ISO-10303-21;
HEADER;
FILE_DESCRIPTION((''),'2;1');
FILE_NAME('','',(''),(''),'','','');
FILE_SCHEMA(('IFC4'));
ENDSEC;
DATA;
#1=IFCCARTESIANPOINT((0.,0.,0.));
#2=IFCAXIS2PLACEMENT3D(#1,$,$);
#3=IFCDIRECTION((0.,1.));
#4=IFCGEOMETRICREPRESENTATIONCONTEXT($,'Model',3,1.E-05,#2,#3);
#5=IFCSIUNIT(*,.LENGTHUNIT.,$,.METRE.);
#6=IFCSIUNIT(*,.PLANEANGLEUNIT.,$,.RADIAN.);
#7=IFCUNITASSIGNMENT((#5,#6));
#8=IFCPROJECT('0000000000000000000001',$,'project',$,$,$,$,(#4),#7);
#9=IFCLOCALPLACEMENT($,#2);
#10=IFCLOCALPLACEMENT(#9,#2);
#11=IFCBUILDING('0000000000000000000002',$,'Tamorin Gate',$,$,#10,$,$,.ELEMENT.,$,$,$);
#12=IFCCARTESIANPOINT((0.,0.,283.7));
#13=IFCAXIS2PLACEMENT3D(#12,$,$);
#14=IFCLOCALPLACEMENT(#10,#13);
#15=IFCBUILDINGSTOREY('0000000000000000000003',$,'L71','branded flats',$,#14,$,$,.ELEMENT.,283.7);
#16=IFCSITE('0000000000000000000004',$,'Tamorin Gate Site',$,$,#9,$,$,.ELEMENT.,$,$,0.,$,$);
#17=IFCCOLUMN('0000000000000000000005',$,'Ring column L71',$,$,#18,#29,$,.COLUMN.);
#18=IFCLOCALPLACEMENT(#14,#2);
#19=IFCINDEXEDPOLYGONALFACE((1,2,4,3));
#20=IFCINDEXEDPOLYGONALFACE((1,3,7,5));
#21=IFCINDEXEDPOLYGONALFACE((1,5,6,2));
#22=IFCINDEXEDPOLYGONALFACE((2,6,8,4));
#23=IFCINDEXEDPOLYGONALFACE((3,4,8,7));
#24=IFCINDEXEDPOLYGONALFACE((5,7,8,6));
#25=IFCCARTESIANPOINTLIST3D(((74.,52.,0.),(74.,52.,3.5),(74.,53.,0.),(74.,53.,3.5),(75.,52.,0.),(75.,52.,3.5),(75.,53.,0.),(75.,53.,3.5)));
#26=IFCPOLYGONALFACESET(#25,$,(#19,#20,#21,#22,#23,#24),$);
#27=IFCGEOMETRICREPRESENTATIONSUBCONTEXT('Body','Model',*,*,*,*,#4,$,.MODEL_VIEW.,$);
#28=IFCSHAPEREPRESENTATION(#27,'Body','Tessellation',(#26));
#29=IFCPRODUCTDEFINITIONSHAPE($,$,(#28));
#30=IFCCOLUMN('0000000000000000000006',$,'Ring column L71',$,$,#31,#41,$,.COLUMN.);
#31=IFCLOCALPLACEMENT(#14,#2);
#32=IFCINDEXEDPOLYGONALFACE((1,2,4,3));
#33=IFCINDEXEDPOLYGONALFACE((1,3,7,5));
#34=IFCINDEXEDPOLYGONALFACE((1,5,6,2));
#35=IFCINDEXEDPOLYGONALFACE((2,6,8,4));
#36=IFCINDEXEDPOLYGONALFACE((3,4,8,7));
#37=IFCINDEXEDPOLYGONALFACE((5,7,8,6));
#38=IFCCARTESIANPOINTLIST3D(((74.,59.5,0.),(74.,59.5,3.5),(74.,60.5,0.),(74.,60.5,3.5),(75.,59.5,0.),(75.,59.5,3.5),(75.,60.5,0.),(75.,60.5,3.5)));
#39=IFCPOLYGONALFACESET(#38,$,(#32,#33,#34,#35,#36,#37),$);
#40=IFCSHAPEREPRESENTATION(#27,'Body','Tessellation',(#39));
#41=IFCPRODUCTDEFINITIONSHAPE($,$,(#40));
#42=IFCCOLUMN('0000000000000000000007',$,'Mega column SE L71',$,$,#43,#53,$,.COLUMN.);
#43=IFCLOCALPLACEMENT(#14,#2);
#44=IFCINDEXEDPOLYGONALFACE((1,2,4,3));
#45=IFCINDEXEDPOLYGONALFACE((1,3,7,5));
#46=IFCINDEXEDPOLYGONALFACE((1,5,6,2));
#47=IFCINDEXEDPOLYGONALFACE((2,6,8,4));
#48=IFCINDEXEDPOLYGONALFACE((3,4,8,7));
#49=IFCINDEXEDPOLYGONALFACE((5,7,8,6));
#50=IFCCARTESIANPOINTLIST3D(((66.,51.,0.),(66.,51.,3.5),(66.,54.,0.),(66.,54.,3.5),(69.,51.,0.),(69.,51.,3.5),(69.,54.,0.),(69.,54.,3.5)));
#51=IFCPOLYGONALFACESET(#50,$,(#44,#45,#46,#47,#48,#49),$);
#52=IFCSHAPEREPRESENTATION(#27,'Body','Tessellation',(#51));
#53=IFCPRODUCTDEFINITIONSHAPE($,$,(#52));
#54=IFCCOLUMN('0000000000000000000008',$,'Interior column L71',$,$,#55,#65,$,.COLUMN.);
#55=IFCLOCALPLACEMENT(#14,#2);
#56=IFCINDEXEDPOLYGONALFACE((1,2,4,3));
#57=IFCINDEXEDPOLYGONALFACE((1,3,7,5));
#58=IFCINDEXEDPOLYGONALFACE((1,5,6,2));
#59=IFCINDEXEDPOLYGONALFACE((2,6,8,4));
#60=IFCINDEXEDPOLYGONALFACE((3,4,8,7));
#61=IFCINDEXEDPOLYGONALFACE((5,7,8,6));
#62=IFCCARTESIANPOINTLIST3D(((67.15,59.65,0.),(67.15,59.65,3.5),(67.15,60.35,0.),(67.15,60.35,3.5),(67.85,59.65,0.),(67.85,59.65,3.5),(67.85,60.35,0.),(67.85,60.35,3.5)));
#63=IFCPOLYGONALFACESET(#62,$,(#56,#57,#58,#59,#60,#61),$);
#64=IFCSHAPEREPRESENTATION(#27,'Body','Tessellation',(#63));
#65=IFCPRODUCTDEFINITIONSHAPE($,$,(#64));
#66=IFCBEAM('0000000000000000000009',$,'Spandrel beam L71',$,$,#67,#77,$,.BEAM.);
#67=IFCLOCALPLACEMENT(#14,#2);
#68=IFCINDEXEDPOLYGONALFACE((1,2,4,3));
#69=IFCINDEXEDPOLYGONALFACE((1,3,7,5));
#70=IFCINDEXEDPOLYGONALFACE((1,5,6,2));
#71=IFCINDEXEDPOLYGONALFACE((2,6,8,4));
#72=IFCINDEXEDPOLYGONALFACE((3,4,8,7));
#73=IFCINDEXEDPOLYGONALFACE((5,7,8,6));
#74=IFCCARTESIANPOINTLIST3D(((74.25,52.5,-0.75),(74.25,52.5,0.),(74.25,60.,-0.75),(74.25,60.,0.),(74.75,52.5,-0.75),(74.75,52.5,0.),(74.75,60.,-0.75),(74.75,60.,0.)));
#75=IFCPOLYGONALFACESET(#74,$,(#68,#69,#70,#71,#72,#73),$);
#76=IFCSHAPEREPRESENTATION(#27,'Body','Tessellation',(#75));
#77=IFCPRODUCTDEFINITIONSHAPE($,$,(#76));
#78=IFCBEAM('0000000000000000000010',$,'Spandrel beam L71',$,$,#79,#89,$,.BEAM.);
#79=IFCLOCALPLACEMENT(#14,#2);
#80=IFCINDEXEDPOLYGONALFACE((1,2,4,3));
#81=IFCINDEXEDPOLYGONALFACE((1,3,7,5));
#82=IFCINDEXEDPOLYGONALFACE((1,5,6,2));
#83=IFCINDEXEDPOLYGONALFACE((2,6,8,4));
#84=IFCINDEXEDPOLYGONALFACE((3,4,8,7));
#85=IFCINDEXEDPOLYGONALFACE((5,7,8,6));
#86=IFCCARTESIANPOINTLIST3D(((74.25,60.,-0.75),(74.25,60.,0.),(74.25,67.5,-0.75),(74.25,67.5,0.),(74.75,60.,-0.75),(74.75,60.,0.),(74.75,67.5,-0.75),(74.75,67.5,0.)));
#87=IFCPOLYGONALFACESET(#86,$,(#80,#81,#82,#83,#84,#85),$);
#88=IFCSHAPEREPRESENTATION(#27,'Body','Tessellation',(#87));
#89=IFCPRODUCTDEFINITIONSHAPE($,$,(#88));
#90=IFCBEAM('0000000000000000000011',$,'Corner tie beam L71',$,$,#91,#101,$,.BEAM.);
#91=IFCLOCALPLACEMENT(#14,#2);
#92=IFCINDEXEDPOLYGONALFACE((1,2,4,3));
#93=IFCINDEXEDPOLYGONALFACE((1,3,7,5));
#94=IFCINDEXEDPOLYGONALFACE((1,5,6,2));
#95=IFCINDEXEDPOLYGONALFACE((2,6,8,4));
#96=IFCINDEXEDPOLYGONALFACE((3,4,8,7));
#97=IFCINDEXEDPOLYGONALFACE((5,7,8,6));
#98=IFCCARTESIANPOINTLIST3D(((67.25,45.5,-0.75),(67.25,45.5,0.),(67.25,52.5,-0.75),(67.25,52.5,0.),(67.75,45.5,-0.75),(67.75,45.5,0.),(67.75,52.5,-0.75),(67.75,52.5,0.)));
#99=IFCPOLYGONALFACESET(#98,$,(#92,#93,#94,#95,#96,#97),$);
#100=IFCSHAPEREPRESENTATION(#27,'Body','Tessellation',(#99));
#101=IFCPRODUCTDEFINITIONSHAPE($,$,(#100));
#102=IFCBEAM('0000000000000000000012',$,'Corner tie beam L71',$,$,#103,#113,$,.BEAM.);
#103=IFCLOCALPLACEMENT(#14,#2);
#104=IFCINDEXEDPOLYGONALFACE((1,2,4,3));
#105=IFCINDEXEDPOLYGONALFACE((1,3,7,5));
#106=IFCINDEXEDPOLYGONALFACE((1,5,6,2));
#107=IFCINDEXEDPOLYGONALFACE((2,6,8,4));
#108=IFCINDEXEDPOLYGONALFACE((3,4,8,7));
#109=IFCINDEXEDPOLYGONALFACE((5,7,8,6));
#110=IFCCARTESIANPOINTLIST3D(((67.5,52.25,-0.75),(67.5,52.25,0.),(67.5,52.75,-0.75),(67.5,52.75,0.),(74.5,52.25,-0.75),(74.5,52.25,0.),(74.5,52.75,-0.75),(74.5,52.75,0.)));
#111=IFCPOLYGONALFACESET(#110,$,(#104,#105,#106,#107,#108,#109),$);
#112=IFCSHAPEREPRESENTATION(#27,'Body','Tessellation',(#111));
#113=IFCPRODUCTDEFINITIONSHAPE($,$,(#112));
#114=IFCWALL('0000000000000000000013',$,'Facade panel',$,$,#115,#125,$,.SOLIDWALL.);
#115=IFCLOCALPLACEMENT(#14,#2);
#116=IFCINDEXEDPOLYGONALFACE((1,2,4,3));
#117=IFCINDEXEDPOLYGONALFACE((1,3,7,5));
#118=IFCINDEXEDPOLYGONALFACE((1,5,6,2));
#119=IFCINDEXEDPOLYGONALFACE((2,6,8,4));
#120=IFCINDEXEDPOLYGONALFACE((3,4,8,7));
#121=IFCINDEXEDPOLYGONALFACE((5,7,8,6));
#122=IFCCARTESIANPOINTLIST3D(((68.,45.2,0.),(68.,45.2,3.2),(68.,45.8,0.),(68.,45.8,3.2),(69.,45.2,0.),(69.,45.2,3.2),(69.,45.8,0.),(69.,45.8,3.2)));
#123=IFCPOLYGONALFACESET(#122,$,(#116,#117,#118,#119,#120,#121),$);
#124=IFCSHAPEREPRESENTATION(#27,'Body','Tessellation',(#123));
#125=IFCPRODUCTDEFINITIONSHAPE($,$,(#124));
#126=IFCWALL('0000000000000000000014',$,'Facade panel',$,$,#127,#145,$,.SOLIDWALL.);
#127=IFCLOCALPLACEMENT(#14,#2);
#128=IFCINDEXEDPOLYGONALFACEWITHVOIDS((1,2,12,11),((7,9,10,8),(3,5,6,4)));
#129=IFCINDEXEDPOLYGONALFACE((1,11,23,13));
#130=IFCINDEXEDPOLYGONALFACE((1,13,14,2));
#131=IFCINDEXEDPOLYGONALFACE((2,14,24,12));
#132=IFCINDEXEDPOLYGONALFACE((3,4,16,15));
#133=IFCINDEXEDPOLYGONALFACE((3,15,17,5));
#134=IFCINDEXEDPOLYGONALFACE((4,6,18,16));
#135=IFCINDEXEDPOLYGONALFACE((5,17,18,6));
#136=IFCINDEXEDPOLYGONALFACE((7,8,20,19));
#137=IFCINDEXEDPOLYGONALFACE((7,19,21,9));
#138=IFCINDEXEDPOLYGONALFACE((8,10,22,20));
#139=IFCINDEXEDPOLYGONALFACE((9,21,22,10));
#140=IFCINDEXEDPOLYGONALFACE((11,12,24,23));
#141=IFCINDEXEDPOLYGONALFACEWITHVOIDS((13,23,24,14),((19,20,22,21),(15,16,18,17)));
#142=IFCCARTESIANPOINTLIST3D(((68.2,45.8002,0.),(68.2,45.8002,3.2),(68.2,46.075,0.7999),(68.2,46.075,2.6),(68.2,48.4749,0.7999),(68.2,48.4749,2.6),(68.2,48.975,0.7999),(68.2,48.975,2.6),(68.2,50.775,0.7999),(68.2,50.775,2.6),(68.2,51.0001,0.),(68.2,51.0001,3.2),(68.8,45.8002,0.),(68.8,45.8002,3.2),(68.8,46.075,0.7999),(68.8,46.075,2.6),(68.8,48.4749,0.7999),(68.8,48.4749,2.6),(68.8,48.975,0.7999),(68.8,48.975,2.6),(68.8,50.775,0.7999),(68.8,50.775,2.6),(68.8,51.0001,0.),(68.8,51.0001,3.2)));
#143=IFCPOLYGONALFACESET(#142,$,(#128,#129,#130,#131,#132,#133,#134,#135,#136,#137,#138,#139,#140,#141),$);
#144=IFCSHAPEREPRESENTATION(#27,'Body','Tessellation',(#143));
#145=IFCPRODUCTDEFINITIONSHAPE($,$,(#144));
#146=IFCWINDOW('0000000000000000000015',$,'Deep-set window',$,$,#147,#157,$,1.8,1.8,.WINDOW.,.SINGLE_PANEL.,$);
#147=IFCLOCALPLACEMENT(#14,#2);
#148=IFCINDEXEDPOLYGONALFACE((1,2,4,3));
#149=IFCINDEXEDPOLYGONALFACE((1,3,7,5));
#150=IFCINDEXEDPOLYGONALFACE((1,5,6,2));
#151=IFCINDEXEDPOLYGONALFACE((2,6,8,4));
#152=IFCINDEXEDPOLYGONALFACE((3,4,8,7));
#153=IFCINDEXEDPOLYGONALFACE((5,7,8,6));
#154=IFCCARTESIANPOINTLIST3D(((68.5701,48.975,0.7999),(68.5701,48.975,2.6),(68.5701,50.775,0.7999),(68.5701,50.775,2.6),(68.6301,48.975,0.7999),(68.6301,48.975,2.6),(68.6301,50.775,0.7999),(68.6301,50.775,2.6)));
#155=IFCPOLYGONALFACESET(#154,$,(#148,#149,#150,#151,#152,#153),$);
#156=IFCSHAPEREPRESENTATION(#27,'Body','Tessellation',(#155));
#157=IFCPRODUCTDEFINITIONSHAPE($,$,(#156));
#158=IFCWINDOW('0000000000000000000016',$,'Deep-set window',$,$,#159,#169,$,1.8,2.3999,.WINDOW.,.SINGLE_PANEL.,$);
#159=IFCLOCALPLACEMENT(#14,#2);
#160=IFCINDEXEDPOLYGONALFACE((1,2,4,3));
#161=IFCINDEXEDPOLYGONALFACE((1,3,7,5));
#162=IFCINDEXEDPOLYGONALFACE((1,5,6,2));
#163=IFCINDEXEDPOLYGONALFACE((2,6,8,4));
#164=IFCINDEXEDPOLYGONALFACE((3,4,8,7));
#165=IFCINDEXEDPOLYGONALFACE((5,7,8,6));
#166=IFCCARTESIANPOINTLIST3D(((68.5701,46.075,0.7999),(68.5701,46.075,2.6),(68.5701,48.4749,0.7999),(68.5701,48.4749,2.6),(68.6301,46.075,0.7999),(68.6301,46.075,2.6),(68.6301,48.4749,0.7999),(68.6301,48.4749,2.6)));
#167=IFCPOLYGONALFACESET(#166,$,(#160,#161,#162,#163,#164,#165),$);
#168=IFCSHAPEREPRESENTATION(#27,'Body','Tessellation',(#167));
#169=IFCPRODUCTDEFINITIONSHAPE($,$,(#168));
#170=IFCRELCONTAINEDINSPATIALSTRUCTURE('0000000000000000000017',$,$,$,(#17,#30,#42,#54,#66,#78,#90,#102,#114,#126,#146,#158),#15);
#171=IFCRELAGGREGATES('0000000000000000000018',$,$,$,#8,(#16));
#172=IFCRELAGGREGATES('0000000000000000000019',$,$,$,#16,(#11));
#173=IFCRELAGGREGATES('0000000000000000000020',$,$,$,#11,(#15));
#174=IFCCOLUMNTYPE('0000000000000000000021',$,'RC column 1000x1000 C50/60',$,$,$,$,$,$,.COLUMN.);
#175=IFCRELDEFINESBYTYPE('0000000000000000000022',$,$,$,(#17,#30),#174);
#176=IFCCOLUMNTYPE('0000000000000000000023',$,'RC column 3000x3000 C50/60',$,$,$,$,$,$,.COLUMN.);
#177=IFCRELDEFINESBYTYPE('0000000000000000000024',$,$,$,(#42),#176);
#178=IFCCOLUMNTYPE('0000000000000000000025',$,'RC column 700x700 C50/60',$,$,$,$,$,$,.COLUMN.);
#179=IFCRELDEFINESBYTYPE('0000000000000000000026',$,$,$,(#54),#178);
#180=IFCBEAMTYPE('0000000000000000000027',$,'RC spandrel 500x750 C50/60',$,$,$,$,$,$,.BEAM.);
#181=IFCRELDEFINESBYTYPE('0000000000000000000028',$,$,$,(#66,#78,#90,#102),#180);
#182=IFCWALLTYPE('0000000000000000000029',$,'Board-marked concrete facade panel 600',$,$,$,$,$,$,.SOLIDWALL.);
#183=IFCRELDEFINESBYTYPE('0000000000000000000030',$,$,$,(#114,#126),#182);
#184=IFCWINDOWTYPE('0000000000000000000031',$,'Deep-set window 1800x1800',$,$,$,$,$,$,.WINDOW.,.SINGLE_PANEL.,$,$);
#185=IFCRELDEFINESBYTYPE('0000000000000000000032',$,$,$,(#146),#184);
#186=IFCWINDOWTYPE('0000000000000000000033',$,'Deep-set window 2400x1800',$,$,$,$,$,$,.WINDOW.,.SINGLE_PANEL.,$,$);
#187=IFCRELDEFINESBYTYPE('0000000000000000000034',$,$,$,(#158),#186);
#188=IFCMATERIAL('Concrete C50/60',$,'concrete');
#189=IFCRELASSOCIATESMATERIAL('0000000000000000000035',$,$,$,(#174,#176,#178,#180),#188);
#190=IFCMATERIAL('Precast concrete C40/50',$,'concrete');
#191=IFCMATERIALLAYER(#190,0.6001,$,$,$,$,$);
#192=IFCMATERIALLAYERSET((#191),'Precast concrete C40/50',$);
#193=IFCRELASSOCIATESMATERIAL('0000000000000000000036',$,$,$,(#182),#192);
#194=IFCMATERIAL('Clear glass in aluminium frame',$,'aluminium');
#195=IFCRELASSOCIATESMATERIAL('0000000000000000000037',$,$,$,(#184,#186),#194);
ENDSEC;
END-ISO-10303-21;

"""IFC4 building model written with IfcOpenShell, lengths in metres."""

from ifc_helpers import new_model, si_unit, direction, frame, frame_2d, origin, origin_2d, place, context, subcontext, project, spatial, rectangle, extrude, material, layer, layer_set, material_profile, profile_set, type_object, element, fill, save


model = new_model("IFC4")

# Units and contexts
model_context = context("Model", 3, precision=1e-05, world=origin(), true_north=direction((0.0, 1.0)))
body_context = subcontext(model_context, "Body", "Model", "MODEL_VIEW")
ifc_project = project(units=[si_unit("LENGTHUNIT", "METRE"), si_unit("PLANEANGLEUNIT", "RADIAN")], contexts=[model_context])

# Site, building, storey
site_placement = place(None, origin())
site = spatial("IfcSite", under=ifc_project, at=site_placement, Name="Tamorin Gate Site", CompositionType="ELEMENT", RefElevation=0.0)
building_placement = place(site_placement, origin())
building = spatial("IfcBuilding", under=site, at=building_placement, Name="Tamorin Gate", CompositionType="ELEMENT")
storey_placement = place(building_placement, frame((0.0, 0.0, 283.7)))
storey = spatial("IfcBuildingStorey", under=building, at=storey_placement, Name="L71", Description="branded flats", CompositionType="ELEMENT", Elevation=283.7)

# Columns
ifc_material_1 = material(Name="Concrete C50/60", Category="concrete")
ifc_material_profile_1 = material_profile(ifc_material_1, rectangle(XDim=1.0, YDim=1.0, at=origin_2d()), Name="RC 1000x1000")
ifc_profile_set_1 = profile_set([ifc_material_profile_1], Name="Concrete C50/60")
column_type_1 = type_object("IfcColumnType", Name="RC column 1000x1000 C50/60", PredefinedType="COLUMN", material=ifc_profile_set_1)
for number, where, z_axis, x_axis, name in (
    (1, (74.5, 52.5, 0.0), (0.0, 0.0, 1.0), (1.0, 0.0, 0.0), "Ring column L71"),
    (2, (74.5, 60.0, 0.0), (0.0, 0.0, 1.0), (1.0, 0.0, 0.0), "Ring column L71"),
):
    element("IfcColumn", number, at=place(storey_placement, frame(where, z_axis=z_axis, x_axis=x_axis)), inside=storey, type_object=column_type_1, Name=name, PredefinedType="COLUMN", context=body_context, shape_type="SweptSolid", body=[
        extrude(rectangle(XDim=1.0, YDim=1.0, at=origin_2d()), origin(), (0.0, 0.0, 1.0), 3.5),
    ])
ifc_material_profile_2 = material_profile(ifc_material_1, rectangle(XDim=3.0, YDim=3.0, at=origin_2d()), Name="RC 3000x3000")
ifc_profile_set_2 = profile_set([ifc_material_profile_2], Name="Concrete C50/60")
column_type_2 = type_object("IfcColumnType", Name="RC column 3000x3000 C50/60", PredefinedType="COLUMN", material=ifc_profile_set_2)
column_1_placement = place(storey_placement, frame((67.5, 52.5, 0.0), z_axis=(0.0, 0.0, 1.0), x_axis=(1.0, 0.0, 0.0)))
element("IfcColumn", 3, at=column_1_placement, inside=storey, type_object=column_type_2, Name="Mega column SE L71", PredefinedType="COLUMN", context=body_context, shape_type="SweptSolid", body=[
    extrude(rectangle(XDim=3.0, YDim=3.0, at=origin_2d()), origin(), (0.0, 0.0, 1.0), 3.5),
])
ifc_material_profile_3 = material_profile(ifc_material_1, rectangle(XDim=0.7, YDim=0.7, at=origin_2d()), Name="RC 700x700")
ifc_profile_set_3 = profile_set([ifc_material_profile_3], Name="Concrete C50/60")
column_type_3 = type_object("IfcColumnType", Name="RC column 700x700 C50/60", PredefinedType="COLUMN", material=ifc_profile_set_3)
column_2_placement = place(storey_placement, frame((67.5, 60.0, 0.0), z_axis=(0.0, 0.0, 1.0), x_axis=(1.0, 0.0, 0.0)))
element("IfcColumn", 4, at=column_2_placement, inside=storey, type_object=column_type_3, Name="Interior column L71", PredefinedType="COLUMN", context=body_context, shape_type="SweptSolid", body=[
    extrude(rectangle(XDim=0.7, YDim=0.7, at=origin_2d()), origin(), (0.0, 0.0, 1.0), 3.5),
])

# Beams
ifc_material_profile_4 = material_profile(ifc_material_1, rectangle(XDim=0.5, YDim=0.75, at=origin_2d()), Name="RC 500x750")
ifc_profile_set_4 = profile_set([ifc_material_profile_4], Name="Concrete C50/60")
beam_type = type_object("IfcBeamType", Name="RC spandrel 500x750 C50/60", PredefinedType="BEAM", material=ifc_profile_set_4)
for number, where, z_axis, x_axis, name in (
    (5, (74.5, 52.5, -0.375), (0.0, 1.0, 0.0), (-1.0, 0.0, 0.0), "Spandrel beam L71"),
    (6, (74.5, 60.0, -0.375), (0.0, 1.0, 0.0), (-1.0, 0.0, 0.0), "Spandrel beam L71"),
):
    element("IfcBeam", number, at=place(storey_placement, frame(where, z_axis=z_axis, x_axis=x_axis)), inside=storey, type_object=beam_type, Name=name, PredefinedType="BEAM", context=body_context, shape_type="SweptSolid", body=[
        extrude(rectangle(XDim=0.5, YDim=0.75, at=origin_2d()), origin(), (0.0, 0.0, 1.0), 7.5),
    ])
for number, where, z_axis, x_axis, name in (
    (7, (67.5, 52.5, -0.375), (0.0, -1.0, 0.0), (1.0, 0.0, 0.0), "Corner tie beam L71"),
    (8, (67.5, 52.5, -0.375), (1.0, 0.0, 0.0), (0.0, 1.0, 0.0), "Corner tie beam L71"),
):
    element("IfcBeam", number, at=place(storey_placement, frame(where, z_axis=z_axis, x_axis=x_axis)), inside=storey, type_object=beam_type, Name=name, PredefinedType="BEAM", context=body_context, shape_type="SweptSolid", body=[
        extrude(rectangle(XDim=0.5, YDim=0.75, at=origin_2d()), origin(), (0.0, 0.0, 1.0), 7.0),
    ])

# Wall
ifc_material_2 = material(Name="Precast concrete C40/50", Category="concrete")
ifc_layer = layer(ifc_material_2, 0.6001)
ifc_layer_set = layer_set([ifc_layer], Name="Precast concrete C40/50")
wall_type = type_object("IfcWallType", Name="Board-marked concrete facade panel 600", PredefinedType="SOLIDWALL", material=ifc_layer_set)
wall_1_placement = place(storey_placement, frame((68.0, 45.5, 0.0), z_axis=(0.0, 0.0, 1.0), x_axis=(1.0, 0.0, 0.0)))
element("IfcWall", 9, at=wall_1_placement, inside=storey, type_object=wall_type, Name="Facade panel", PredefinedType="SOLIDWALL", context=body_context, shape_type="SweptSolid", body=[
    extrude(rectangle(XDim=1.0, YDim=0.6001, at=frame_2d((0.5, 0.0))), origin(), (0.0, 0.0, 1.0), 3.2),
])

# Wall, openings, windows
wall_2_placement = place(storey_placement, frame((68.5, 45.8, 0.0), z_axis=(0.0, 0.0, 1.0), x_axis=(0.0, 1.0, 0.0)))
wall_2 = element("IfcWall", 10, at=wall_2_placement, inside=storey, type_object=wall_type, Name="Facade panel", PredefinedType="SOLIDWALL", context=body_context, shape_type="SweptSolid", body=[
    extrude(rectangle(XDim=5.2, YDim=0.6001, at=frame_2d((2.6001, 0.0))), origin(), (0.0, 0.0, 1.0), 3.2),
])
opening_1_placement = place(wall_2_placement, frame((0.2749, 0.0, 0.8)))
opening_1 = element("IfcOpeningElement", 11, at=opening_1_placement, cuts=wall_2, PredefinedType="OPENING", context=body_context, shape_type="SweptSolid", body=[
    extrude(rectangle(XDim=2.3999, YDim=1.8, at=frame_2d((1.2, 0.8999))), frame((0.0, 0.3101, 0.0), z_axis=(0.0, -1.0, 0.0), x_axis=(1.0, 0.0, 0.0)), (0.0, 0.0, 1.0), 0.6201),
])
opening_2_placement = place(wall_2_placement, frame((3.175, 0.0, 0.8)))
opening_2 = element("IfcOpeningElement", 12, at=opening_2_placement, cuts=wall_2, PredefinedType="OPENING", context=body_context, shape_type="SweptSolid", body=[
    extrude(rectangle(XDim=1.8, YDim=1.8, at=frame_2d((0.8999, 0.8999))), frame((0.0, 0.3101, 0.0), z_axis=(0.0, -1.0, 0.0), x_axis=(1.0, 0.0, 0.0)), (0.0, 0.0, 1.0), 0.6201),
])
ifc_material_3 = material(Name="Clear glass in aluminium frame", Category="aluminium")
window_type_1 = type_object("IfcWindowType", Name="Deep-set window 1800x1800", PartitioningType="SINGLE_PANEL", PredefinedType="WINDOW", material=ifc_material_3)
window_1_placement = place(opening_2_placement, origin())
window_1 = element("IfcWindow", 13, at=window_1_placement, inside=storey, type_object=window_type_1, Name="Deep-set window", OverallHeight=1.8, OverallWidth=1.8, PartitioningType="SINGLE_PANEL", PredefinedType="WINDOW", context=body_context, shape_type="SweptSolid", body=[
    extrude(rectangle(XDim=1.8, YDim=1.8, at=frame_2d((0.8999, 0.8999))), frame((0.0, -0.0701, 0.0), z_axis=(0.0, -1.0, 0.0), x_axis=(1.0, 0.0, 0.0)), (0.0, 0.0, 1.0), 0.0601),
])
fill(opening_2, window_1)
window_type_2 = type_object("IfcWindowType", Name="Deep-set window 2400x1800", PartitioningType="SINGLE_PANEL", PredefinedType="WINDOW", material=ifc_material_3)
window_2_placement = place(opening_1_placement, origin())
window_2 = element("IfcWindow", 14, at=window_2_placement, inside=storey, type_object=window_type_2, Name="Deep-set window", OverallHeight=1.8, OverallWidth=2.3999, PartitioningType="SINGLE_PANEL", PredefinedType="WINDOW", context=body_context, shape_type="SweptSolid", body=[
    extrude(rectangle(XDim=2.3999, YDim=1.8, at=frame_2d((1.2, 0.8999))), frame((0.0, -0.0701, 0.0), z_axis=(0.0, -1.0, 0.0), x_axis=(1.0, 0.0, 0.0)), (0.0, 0.0, 1.0), 0.0601),
])
fill(opening_1, window_2)

save(model, "model.ifc")
